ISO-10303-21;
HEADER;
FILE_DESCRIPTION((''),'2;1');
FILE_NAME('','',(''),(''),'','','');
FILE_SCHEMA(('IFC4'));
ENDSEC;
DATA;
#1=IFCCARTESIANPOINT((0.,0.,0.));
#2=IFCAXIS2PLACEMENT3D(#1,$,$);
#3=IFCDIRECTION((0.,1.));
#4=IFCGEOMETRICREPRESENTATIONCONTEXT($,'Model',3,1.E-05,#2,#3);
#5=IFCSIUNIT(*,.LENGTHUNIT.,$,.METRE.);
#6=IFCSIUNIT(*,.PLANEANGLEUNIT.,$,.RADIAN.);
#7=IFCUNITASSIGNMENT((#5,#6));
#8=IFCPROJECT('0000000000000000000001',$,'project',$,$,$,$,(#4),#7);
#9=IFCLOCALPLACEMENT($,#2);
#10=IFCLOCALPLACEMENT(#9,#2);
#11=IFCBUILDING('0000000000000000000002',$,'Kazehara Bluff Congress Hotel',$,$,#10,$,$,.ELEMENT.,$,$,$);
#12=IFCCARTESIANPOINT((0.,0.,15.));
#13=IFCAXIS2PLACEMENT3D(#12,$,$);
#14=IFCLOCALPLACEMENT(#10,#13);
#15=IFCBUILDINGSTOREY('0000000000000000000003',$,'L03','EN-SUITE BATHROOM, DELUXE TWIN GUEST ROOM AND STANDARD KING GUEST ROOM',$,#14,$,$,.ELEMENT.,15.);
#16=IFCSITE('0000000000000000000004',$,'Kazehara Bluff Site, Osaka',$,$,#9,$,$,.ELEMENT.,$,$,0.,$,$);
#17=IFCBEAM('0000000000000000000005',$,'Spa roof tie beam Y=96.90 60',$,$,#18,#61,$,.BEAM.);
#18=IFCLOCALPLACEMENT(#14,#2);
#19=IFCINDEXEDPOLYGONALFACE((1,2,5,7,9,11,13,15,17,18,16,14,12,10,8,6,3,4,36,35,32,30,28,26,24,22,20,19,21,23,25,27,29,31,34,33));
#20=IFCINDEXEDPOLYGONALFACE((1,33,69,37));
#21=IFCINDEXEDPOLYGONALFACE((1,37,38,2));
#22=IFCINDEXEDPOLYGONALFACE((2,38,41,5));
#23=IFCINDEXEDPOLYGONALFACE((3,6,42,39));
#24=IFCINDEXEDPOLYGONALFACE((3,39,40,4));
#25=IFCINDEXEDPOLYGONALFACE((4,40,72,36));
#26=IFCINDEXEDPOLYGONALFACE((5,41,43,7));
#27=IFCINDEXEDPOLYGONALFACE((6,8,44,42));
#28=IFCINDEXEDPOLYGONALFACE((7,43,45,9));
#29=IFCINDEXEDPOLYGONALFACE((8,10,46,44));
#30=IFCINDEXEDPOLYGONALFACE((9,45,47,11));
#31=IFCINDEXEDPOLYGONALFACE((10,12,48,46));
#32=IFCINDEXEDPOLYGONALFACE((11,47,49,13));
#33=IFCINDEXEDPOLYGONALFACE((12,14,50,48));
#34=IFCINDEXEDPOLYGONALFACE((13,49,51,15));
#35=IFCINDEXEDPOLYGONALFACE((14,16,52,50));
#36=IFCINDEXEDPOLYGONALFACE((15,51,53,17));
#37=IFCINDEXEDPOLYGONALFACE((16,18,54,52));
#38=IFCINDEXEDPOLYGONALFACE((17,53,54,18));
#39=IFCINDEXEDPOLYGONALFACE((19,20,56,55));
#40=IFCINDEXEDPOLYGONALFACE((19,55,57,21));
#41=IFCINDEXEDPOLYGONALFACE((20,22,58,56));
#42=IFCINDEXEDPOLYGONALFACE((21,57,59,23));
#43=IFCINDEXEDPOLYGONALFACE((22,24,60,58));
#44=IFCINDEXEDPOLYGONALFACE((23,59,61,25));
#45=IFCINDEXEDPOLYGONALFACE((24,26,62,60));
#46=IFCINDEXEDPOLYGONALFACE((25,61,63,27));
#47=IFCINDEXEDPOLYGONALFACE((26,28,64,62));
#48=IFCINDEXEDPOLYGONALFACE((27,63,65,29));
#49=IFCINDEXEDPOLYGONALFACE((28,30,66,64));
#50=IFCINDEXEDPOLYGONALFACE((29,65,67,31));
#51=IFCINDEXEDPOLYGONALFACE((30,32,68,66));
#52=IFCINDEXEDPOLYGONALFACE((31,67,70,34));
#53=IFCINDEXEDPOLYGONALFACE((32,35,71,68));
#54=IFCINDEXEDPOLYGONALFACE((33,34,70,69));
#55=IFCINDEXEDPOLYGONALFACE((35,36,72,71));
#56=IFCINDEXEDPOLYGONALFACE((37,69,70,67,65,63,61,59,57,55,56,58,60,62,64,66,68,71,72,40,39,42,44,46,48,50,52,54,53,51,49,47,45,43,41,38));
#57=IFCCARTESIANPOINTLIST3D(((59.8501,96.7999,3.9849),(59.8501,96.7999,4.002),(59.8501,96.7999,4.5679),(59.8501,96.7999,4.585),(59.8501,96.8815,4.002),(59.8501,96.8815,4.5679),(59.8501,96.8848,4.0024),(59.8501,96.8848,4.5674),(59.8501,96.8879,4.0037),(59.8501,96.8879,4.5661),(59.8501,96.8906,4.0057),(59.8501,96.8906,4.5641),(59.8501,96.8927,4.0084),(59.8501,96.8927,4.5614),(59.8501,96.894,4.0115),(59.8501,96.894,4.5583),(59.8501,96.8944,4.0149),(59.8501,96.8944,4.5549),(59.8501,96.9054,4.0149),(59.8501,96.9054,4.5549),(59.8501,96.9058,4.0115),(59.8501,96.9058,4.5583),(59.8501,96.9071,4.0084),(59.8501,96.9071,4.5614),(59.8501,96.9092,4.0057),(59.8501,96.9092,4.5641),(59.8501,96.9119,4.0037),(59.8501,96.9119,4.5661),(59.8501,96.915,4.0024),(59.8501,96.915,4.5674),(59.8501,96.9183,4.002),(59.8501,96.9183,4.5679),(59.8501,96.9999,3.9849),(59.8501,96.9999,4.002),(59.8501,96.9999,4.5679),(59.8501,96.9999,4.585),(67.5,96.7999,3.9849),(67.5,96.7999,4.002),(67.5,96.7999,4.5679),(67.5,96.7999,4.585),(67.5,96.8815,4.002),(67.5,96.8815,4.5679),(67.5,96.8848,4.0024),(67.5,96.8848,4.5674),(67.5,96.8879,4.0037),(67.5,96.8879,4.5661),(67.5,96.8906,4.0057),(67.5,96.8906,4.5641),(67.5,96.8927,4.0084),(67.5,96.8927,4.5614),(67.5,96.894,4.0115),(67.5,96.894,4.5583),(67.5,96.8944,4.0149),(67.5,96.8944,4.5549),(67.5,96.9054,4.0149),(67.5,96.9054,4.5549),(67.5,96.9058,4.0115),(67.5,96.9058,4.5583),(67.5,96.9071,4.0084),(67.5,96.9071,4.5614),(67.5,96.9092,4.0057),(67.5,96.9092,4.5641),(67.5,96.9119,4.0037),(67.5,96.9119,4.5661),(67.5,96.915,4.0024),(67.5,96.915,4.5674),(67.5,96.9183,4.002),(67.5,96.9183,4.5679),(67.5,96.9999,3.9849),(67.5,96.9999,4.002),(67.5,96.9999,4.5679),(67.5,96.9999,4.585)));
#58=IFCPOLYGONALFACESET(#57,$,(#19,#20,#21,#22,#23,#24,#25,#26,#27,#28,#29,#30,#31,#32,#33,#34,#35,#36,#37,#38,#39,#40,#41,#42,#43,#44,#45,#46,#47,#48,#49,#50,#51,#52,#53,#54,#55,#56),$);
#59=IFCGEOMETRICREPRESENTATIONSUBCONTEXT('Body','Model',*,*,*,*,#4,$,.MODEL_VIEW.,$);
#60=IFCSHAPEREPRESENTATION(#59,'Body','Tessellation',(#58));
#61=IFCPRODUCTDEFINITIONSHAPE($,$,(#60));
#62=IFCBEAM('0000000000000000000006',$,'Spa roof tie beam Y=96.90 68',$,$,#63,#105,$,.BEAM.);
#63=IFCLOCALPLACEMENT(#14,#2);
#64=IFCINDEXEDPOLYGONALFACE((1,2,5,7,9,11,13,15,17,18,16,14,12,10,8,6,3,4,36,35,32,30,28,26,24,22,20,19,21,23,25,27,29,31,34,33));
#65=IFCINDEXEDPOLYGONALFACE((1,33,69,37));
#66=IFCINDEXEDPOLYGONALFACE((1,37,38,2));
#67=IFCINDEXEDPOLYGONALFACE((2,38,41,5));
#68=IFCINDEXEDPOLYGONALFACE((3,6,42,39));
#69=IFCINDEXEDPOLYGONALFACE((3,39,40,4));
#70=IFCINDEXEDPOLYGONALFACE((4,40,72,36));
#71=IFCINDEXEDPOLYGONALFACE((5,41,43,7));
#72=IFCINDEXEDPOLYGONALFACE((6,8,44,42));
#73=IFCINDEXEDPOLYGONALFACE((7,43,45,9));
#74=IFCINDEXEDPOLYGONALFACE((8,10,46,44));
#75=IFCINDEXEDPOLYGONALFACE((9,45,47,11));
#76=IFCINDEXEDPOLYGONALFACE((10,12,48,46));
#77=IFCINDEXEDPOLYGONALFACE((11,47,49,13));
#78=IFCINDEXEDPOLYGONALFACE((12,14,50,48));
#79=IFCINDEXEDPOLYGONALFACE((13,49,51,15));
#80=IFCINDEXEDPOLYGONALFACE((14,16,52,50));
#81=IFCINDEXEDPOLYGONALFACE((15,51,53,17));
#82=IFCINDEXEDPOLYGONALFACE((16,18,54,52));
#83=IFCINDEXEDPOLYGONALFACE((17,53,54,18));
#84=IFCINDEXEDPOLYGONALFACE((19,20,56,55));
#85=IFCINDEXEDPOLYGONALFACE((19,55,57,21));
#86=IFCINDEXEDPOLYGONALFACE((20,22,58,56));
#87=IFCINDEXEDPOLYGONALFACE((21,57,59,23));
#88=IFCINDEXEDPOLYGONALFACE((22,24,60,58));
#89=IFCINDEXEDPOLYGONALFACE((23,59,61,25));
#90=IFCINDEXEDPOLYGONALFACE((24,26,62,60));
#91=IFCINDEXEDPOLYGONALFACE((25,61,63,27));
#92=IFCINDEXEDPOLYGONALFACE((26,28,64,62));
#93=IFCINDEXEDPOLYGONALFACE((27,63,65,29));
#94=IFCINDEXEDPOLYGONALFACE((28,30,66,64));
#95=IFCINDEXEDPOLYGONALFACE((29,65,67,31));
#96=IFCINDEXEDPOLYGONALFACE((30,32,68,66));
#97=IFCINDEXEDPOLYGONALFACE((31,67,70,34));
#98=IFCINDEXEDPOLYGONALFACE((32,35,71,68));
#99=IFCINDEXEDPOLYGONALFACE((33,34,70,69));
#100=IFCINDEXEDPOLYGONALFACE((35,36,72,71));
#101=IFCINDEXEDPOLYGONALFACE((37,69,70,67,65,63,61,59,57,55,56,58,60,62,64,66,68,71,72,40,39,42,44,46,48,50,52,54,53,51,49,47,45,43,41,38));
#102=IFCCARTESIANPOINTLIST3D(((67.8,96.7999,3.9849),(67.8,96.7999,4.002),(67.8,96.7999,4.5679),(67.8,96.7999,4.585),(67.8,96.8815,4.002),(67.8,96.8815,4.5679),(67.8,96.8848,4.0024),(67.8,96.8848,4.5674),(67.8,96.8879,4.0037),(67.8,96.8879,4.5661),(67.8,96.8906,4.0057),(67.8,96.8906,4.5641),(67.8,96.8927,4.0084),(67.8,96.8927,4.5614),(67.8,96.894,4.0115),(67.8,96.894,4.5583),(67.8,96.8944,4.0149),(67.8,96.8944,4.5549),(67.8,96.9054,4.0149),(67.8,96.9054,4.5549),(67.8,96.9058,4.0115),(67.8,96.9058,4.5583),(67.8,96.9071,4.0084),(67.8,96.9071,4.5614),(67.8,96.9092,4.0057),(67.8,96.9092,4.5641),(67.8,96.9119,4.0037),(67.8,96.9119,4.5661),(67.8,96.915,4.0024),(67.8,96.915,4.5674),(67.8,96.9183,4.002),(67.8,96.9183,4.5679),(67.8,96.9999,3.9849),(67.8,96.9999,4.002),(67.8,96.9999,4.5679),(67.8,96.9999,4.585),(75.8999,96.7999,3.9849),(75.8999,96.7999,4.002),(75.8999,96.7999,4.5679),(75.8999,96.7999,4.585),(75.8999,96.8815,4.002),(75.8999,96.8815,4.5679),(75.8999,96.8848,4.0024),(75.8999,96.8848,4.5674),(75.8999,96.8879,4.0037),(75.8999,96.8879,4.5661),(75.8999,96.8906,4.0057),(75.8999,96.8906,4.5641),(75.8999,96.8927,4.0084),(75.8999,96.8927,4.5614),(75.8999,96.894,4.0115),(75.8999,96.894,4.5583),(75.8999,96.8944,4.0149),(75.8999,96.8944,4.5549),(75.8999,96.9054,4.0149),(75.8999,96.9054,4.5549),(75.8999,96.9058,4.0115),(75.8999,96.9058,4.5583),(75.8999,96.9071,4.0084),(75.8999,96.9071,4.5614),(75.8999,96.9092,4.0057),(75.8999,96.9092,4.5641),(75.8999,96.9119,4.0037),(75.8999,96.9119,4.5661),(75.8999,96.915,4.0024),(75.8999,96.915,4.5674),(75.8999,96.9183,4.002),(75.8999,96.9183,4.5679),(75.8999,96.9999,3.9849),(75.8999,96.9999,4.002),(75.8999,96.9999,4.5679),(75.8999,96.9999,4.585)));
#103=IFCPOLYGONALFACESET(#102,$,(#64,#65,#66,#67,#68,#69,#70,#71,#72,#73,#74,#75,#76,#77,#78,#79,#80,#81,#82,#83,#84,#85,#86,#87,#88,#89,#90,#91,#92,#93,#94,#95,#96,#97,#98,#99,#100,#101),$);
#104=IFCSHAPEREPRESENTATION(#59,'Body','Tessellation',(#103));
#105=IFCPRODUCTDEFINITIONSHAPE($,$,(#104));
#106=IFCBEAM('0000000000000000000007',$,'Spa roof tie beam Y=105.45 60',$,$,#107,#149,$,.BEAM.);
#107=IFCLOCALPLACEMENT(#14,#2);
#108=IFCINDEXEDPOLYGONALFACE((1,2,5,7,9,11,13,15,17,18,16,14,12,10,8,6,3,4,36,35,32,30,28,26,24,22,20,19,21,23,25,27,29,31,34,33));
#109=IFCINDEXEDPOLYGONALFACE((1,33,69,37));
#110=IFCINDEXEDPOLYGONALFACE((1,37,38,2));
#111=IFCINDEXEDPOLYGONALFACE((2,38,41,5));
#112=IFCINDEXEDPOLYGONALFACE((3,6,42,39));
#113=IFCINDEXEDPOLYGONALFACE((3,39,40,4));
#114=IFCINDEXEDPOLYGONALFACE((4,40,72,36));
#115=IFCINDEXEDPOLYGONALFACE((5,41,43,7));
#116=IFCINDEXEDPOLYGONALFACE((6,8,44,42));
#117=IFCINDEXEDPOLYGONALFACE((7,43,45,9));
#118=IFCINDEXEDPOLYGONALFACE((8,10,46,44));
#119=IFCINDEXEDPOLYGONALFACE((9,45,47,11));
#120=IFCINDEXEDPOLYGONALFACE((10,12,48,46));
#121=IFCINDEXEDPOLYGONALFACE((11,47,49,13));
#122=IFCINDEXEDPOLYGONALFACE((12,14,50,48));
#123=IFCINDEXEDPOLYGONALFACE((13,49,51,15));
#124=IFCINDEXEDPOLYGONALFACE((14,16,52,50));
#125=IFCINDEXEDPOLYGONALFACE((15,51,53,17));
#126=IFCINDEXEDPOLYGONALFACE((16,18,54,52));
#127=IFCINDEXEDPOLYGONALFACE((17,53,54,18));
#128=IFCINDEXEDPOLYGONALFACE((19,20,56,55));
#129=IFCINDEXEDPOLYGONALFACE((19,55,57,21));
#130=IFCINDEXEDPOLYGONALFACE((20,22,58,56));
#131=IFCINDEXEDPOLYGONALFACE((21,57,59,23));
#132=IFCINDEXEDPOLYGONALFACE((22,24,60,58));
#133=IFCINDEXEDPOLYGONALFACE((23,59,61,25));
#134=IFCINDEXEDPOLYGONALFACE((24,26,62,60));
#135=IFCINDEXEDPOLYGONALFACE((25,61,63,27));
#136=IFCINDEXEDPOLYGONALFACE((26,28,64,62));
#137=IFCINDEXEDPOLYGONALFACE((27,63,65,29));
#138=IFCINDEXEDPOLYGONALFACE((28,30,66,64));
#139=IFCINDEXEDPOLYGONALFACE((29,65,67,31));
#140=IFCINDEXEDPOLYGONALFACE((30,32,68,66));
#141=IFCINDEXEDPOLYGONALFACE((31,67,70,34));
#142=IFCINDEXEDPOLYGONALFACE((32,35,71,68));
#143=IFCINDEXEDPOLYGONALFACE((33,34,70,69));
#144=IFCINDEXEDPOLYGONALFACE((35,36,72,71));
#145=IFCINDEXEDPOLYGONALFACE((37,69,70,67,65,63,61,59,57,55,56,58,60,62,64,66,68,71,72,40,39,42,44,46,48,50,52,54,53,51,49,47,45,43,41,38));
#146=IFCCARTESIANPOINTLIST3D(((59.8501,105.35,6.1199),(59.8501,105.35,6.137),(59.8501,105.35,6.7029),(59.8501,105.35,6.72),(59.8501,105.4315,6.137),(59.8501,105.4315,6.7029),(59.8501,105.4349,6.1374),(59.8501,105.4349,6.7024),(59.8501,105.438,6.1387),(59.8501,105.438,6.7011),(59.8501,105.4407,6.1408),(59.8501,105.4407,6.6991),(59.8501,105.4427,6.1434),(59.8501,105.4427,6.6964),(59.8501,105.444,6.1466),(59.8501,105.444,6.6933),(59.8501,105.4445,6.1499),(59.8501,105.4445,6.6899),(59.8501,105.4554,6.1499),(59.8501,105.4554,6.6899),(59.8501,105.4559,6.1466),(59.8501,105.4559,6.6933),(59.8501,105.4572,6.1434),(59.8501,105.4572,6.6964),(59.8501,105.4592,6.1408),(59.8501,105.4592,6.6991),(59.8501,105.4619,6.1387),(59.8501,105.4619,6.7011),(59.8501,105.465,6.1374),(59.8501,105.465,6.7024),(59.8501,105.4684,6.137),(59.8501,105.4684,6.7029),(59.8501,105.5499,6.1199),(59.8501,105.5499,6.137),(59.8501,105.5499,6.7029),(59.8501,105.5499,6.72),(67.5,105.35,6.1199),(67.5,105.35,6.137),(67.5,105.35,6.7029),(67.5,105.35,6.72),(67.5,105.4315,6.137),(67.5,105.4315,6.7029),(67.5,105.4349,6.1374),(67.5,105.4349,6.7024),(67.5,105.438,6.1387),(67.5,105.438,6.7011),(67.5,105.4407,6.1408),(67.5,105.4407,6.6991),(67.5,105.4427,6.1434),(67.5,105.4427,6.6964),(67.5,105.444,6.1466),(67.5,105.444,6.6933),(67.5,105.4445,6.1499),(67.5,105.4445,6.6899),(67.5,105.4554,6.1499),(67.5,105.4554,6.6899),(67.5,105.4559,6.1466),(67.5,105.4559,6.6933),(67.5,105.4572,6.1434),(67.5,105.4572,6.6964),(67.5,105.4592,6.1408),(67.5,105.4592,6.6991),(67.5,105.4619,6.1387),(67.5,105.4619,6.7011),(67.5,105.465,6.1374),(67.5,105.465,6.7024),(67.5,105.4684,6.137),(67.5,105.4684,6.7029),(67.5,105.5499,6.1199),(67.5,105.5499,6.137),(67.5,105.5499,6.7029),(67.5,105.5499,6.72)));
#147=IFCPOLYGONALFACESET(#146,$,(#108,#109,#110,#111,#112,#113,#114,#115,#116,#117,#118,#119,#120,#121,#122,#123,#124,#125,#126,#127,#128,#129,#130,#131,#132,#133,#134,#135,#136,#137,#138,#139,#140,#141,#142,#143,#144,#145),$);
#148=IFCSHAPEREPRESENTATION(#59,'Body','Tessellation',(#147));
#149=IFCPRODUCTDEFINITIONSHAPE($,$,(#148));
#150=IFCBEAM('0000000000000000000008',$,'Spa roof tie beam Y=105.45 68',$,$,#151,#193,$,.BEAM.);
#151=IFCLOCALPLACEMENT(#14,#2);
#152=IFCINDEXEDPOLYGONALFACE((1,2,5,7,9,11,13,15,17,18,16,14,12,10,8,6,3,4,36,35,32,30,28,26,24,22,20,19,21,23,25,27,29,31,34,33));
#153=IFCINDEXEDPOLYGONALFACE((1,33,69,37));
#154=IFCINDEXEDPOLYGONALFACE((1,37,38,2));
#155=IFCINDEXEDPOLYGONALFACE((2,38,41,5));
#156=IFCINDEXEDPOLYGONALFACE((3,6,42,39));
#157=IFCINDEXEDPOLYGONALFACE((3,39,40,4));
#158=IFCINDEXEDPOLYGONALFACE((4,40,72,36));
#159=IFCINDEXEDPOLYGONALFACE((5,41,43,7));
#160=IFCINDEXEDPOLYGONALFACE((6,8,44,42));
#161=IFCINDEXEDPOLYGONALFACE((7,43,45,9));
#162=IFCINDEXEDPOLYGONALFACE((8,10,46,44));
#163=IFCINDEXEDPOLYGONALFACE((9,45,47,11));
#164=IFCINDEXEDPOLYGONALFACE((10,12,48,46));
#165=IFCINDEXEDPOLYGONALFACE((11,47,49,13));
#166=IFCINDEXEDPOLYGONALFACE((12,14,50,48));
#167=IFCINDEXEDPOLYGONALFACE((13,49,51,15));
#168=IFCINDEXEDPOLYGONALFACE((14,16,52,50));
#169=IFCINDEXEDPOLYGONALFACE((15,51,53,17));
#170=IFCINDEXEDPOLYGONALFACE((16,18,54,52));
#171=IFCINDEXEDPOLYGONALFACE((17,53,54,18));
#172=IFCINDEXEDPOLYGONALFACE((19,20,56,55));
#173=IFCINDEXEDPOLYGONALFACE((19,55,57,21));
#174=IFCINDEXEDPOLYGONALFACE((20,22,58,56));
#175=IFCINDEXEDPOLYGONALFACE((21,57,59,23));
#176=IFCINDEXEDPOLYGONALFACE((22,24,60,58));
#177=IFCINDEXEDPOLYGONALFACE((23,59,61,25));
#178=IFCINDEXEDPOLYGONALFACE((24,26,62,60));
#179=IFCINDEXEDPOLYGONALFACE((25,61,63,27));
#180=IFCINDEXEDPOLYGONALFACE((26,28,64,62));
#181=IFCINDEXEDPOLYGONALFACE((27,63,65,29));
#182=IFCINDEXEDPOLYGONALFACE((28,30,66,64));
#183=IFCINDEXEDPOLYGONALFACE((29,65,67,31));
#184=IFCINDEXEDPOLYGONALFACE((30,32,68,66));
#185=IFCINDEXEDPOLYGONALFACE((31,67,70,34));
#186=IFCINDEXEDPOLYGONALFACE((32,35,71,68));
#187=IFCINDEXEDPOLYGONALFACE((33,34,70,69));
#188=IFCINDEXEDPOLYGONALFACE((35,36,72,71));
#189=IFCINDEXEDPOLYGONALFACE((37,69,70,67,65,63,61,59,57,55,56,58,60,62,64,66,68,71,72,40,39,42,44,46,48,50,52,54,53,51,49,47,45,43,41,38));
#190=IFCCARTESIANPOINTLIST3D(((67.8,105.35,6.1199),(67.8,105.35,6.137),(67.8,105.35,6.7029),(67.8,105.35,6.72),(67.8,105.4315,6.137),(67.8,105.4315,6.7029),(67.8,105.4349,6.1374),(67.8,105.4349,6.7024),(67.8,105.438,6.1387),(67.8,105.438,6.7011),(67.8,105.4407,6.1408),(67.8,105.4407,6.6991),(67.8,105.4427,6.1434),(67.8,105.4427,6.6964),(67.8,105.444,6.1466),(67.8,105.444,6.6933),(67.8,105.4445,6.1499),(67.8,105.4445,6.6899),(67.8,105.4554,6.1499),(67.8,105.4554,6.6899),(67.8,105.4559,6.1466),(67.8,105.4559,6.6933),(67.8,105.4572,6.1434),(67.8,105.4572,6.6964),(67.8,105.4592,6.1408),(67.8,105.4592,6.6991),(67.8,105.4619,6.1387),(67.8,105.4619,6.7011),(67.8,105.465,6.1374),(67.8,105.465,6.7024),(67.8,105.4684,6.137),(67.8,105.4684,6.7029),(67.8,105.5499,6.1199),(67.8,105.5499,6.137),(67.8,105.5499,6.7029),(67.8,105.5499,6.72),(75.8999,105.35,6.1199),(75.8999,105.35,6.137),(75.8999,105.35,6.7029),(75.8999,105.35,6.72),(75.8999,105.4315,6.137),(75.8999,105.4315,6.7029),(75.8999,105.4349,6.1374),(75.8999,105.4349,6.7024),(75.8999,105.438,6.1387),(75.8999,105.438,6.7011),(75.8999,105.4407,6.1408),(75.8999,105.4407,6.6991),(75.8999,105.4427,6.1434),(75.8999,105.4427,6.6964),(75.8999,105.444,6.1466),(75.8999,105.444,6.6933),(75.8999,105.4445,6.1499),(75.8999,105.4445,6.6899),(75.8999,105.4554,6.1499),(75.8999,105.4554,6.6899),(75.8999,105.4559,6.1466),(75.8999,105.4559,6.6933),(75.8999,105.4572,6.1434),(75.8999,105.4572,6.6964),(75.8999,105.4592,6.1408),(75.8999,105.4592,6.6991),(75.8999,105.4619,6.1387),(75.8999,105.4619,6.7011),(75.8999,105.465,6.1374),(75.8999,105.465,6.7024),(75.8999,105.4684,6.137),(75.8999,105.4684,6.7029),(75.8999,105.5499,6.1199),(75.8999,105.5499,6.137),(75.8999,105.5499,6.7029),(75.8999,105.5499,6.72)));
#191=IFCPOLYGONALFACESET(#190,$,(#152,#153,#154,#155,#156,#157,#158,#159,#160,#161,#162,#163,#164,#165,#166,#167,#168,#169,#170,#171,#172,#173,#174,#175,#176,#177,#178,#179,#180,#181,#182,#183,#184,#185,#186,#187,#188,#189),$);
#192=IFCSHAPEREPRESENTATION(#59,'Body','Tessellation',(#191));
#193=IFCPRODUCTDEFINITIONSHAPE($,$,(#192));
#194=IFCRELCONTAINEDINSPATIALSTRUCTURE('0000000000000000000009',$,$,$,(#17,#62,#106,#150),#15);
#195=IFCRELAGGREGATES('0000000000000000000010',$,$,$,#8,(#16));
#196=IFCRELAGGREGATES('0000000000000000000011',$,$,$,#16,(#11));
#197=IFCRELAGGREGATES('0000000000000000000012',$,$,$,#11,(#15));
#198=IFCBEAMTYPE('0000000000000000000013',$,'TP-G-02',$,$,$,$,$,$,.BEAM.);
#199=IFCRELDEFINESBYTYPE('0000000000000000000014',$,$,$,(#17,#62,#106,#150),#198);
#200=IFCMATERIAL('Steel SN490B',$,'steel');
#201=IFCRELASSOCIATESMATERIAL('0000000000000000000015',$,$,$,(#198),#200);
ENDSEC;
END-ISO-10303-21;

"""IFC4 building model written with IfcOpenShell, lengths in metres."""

from ifc_helpers import new_model, si_unit, direction, frame, origin, origin_2d, place, context, subcontext, project, spatial, i_section, extrude, material, material_profile, profile_set, type_object, element, save


model = new_model("IFC4")

# Units and contexts
model_context = context("Model", 3, precision=1e-05, world=origin(), true_north=direction((0.0, 1.0)))
body_context = subcontext(model_context, "Body", "Model", "MODEL_VIEW")
ifc_project = project(units=[si_unit("LENGTHUNIT", "METRE"), si_unit("PLANEANGLEUNIT", "RADIAN")], contexts=[model_context])

# Site, building, storey
site_placement = place(None, origin())
site = spatial("IfcSite", under=ifc_project, at=site_placement, Name="Kazehara Bluff Site, Osaka", CompositionType="ELEMENT", RefElevation=0.0)
building_placement = place(site_placement, origin())
building = spatial("IfcBuilding", under=site, at=building_placement, Name="Kazehara Bluff Congress Hotel", CompositionType="ELEMENT")
storey_placement = place(building_placement, frame((0.0, 0.0, 15.0)))
storey = spatial("IfcBuildingStorey", under=building, at=storey_placement, Name="L03", Description="EN-SUITE BATHROOM, DELUXE TWIN GUEST ROOM AND STANDARD KING GUEST ROOM", CompositionType="ELEMENT", Elevation=15.0)

# Beams
ifc_material_1 = material(Name="Steel SN490B", Category="steel")
ifc_material_profile_1 = material_profile(ifc_material_1, i_section(OverallWidth=0.2, OverallDepth=0.6001, WebThickness=0.011, FlangeThickness=0.0171, FilletRadius=0.0129, at=origin_2d()))
ifc_profile_set_1 = profile_set([ifc_material_profile_1], Name="Steel SN490B")
beam_type_1 = type_object("IfcBeamType", Name="TP-G-02", PredefinedType="BEAM", material=ifc_profile_set_1)
beam_1_placement = place(storey_placement, frame((59.8501, 96.8999, 4.2849), z_axis=(1.0, 0.0, 0.0), x_axis=(0.0, 1.0, 0.0)))
element("IfcBeam", 1, at=beam_1_placement, inside=storey, type_object=beam_type_1, Name="Spa roof tie beam Y=96.90 60", PredefinedType="BEAM", context=body_context, shape_type="SweptSolid", body=[
    extrude(i_section(OverallWidth=0.2, OverallDepth=0.6001, WebThickness=0.011, FlangeThickness=0.0171, FilletRadius=0.0129, at=origin_2d()), origin(), (0.0, 0.0, 1.0), 7.6499),
])
beam_2_placement = place(storey_placement, frame((67.8, 96.8999, 4.2849), z_axis=(1.0, 0.0, 0.0), x_axis=(0.0, 1.0, 0.0)))
element("IfcBeam", 2, at=beam_2_placement, inside=storey, type_object=beam_type_1, Name="Spa roof tie beam Y=96.90 68", PredefinedType="BEAM", context=body_context, shape_type="SweptSolid", body=[
    extrude(i_section(OverallWidth=0.2, OverallDepth=0.6001, WebThickness=0.011, FlangeThickness=0.0171, FilletRadius=0.0129, at=origin_2d()), origin(), (0.0, 0.0, 1.0), 8.0999),
])
beam_3_placement = place(storey_placement, frame((59.8501, 105.45, 6.4199), z_axis=(1.0, 0.0, 0.0), x_axis=(0.0, 1.0, 0.0)))
element("IfcBeam", 3, at=beam_3_placement, inside=storey, type_object=beam_type_1, Name="Spa roof tie beam Y=105.45 60", PredefinedType="BEAM", context=body_context, shape_type="SweptSolid", body=[
    extrude(i_section(OverallWidth=0.2, OverallDepth=0.6001, WebThickness=0.011, FlangeThickness=0.0171, FilletRadius=0.0129, at=origin_2d()), origin(), (0.0, 0.0, 1.0), 7.6499),
])
beam_4_placement = place(storey_placement, frame((67.8, 105.45, 6.4199), z_axis=(1.0, 0.0, 0.0), x_axis=(0.0, 1.0, 0.0)))
element("IfcBeam", 4, at=beam_4_placement, inside=storey, type_object=beam_type_1, Name="Spa roof tie beam Y=105.45 68", PredefinedType="BEAM", context=body_context, shape_type="SweptSolid", body=[
    extrude(i_section(OverallWidth=0.2, OverallDepth=0.6001, WebThickness=0.011, FlangeThickness=0.0171, FilletRadius=0.0129, at=origin_2d()), origin(), (0.0, 0.0, 1.0), 8.0999),
])

save(model, "model.ifc")
